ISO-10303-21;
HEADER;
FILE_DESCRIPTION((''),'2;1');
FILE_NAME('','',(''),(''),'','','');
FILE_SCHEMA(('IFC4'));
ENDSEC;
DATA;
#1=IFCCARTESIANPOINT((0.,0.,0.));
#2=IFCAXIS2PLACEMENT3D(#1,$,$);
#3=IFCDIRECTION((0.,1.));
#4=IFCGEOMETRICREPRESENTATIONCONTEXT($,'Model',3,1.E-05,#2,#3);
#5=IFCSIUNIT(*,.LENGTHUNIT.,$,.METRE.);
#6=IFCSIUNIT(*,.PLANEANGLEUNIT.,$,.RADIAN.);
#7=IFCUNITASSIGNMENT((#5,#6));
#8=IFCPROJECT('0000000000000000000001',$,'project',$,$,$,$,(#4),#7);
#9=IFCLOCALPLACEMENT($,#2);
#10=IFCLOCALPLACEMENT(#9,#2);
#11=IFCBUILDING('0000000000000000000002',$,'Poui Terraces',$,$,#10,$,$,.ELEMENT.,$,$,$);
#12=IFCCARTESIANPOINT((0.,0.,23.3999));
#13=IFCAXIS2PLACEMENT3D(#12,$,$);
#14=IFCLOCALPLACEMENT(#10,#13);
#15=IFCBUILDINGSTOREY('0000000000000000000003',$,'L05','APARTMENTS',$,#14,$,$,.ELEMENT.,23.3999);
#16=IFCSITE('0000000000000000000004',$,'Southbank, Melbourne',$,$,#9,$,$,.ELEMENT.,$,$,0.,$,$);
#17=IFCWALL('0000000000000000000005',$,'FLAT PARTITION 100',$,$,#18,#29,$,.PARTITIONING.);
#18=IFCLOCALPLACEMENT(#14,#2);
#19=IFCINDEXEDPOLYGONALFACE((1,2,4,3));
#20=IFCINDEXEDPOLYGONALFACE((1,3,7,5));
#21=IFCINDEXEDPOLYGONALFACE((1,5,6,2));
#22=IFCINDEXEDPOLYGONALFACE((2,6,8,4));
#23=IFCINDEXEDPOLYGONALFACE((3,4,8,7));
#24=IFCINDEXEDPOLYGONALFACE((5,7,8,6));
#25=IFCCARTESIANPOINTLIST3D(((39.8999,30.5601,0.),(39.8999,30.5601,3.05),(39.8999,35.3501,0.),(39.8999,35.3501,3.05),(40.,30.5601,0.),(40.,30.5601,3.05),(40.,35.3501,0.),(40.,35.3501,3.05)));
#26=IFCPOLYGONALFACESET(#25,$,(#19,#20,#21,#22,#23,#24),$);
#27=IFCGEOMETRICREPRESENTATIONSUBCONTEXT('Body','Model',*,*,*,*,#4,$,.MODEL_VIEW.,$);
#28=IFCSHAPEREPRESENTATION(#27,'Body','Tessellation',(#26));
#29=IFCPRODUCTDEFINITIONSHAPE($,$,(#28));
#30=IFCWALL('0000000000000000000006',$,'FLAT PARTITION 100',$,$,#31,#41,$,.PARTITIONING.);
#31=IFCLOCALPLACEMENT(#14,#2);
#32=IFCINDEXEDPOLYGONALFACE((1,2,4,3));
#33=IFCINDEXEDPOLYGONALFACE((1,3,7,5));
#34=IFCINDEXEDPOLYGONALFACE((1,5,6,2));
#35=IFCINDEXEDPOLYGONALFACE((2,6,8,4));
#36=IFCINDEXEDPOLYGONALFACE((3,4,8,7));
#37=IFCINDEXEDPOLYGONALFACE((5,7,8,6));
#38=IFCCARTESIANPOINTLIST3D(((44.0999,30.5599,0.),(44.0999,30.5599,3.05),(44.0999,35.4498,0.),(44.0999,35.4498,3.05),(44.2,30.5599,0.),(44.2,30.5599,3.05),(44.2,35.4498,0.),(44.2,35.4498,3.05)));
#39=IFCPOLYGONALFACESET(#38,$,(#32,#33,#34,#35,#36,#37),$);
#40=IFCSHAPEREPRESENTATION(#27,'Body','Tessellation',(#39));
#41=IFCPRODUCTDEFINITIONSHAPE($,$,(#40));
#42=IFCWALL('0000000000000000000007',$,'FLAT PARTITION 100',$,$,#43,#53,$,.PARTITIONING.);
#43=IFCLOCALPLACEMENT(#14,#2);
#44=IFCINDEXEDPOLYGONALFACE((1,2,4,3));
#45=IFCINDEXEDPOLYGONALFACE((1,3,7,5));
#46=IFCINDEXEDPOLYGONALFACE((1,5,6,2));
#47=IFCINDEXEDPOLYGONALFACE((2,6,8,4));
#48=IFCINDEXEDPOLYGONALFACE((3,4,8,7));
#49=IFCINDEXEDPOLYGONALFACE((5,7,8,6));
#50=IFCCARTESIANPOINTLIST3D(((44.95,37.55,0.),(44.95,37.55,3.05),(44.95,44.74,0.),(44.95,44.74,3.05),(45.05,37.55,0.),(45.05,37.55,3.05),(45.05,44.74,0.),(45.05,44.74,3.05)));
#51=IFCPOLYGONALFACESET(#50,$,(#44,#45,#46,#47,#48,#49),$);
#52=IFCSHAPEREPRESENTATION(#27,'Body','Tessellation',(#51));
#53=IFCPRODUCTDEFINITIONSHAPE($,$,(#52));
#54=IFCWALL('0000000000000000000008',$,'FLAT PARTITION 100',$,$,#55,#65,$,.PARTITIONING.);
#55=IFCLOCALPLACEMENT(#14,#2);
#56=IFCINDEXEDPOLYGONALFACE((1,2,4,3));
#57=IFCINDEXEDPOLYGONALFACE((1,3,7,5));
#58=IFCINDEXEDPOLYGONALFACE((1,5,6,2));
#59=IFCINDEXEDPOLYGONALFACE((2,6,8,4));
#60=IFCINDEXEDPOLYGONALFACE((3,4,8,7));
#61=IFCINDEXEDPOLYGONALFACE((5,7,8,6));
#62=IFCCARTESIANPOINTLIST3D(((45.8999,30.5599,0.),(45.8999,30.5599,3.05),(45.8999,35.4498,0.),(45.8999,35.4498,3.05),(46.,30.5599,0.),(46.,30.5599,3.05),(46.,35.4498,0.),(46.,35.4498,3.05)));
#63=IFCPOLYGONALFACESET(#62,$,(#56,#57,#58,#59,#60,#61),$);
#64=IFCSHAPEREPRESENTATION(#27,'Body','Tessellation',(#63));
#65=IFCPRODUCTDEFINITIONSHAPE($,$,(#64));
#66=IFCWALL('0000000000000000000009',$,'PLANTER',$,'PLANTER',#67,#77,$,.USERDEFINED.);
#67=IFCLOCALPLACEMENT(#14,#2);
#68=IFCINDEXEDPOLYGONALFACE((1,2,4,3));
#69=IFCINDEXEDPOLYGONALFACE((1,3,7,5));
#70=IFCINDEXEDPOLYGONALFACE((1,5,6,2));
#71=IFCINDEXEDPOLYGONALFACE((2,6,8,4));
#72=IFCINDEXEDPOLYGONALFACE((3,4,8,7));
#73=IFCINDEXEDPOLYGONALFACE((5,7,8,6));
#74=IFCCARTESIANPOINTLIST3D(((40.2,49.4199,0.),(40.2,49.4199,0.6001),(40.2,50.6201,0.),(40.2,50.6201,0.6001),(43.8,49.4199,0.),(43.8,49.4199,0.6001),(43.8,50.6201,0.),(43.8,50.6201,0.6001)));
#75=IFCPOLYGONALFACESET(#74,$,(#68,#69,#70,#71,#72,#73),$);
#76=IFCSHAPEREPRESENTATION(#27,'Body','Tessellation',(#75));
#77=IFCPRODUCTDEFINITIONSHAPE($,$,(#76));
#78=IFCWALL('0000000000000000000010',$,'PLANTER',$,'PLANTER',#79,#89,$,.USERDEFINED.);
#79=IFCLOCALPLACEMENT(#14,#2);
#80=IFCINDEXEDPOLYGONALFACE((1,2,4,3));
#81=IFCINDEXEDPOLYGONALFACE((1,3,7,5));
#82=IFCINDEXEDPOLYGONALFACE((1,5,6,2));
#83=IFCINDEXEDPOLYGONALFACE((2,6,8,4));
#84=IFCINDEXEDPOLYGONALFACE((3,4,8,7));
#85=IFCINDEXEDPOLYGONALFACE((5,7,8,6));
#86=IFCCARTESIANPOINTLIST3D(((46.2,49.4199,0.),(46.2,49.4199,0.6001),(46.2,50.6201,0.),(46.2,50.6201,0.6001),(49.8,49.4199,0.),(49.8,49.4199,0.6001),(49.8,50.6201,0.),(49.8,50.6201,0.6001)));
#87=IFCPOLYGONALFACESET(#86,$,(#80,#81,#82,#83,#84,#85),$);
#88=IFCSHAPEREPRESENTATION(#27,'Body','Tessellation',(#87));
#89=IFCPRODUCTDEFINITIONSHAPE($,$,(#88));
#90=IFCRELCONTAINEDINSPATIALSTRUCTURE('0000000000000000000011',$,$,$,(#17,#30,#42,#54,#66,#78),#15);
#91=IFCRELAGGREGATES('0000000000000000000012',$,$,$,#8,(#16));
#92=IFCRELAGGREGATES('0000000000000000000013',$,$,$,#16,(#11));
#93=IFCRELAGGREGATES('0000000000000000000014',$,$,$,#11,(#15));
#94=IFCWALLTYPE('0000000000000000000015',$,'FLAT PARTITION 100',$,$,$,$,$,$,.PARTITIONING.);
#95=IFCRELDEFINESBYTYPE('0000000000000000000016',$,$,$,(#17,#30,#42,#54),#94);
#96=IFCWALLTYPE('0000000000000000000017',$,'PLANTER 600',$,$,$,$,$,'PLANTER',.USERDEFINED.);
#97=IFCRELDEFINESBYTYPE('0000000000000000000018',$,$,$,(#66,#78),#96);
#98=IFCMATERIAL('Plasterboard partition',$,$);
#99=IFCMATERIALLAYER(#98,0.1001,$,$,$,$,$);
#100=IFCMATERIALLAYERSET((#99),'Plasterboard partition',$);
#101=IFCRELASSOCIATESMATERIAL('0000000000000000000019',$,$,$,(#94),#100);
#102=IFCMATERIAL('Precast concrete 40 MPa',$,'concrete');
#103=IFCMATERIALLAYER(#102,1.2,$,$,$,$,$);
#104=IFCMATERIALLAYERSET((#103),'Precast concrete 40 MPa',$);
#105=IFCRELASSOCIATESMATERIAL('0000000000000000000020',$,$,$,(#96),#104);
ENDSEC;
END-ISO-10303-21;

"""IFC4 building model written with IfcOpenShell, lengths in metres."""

from ifc_helpers import new_model, si_unit, direction, frame, frame_2d, origin, place, context, subcontext, project, spatial, polyline, rectangle, outline, extrude, source, transform, mapped, material, layer, layer_set, type_object, element, save


model = new_model("IFC4")

# Units and contexts
model_context = context("Model", 3, precision=1e-05, world=origin(), true_north=direction((0.0, 1.0)))
body_context = subcontext(model_context, "Body", "Model", "MODEL_VIEW")
ifc_project = project(units=[si_unit("LENGTHUNIT", "METRE"), si_unit("PLANEANGLEUNIT", "RADIAN")], contexts=[model_context])

# Site, building, storey
site_placement = place(None, origin())
site = spatial("IfcSite", under=ifc_project, at=site_placement, Name="Southbank, Melbourne", CompositionType="ELEMENT", RefElevation=0.0)
building_placement = place(site_placement, origin())
building = spatial("IfcBuilding", under=site, at=building_placement, Name="Poui Terraces", CompositionType="ELEMENT")
storey_placement = place(building_placement, frame((0.0, 0.0, 23.3999)))
storey = spatial("IfcBuildingStorey", under=building, at=storey_placement, Name="L05", Description="APARTMENTS", CompositionType="ELEMENT", Elevation=23.3999)

# Shared definitions
ifc_material_1 = material(Name="Plasterboard partition")
ifc_layer_1 = layer(ifc_material_1, 0.1001)
ifc_layer_set_1 = layer_set([ifc_layer_1], Name="Plasterboard partition")
wall_type_1 = type_object("IfcWallType", Name="FLAT PARTITION 100", PredefinedType="PARTITIONING", material=ifc_layer_set_1)

# Walls
wall_1_placement = place(storey_placement, frame((39.95, 30.5601, 0.0), z_axis=(0.0, 0.0, 1.0), x_axis=(0.0, 1.0, 0.0)))
element("IfcWall", 1, at=wall_1_placement, inside=storey, type_object=wall_type_1, Name="FLAT PARTITION 100", PredefinedType="PARTITIONING", context=body_context, shape_type="SweptSolid", body=[
    extrude(rectangle(XDim=4.79, YDim=0.1001, at=frame_2d((2.395, 0.0))), origin(), (0.0, 0.0, 1.0), 3.05),
])
wall_2_placement = place(storey_placement, frame((44.1499, 30.5601, 0.0), z_axis=(0.0, 0.0, 1.0), x_axis=(0.0, 1.0, 0.0)))
element("IfcWall", 2, at=wall_2_placement, inside=storey, type_object=wall_type_1, Name="FLAT PARTITION 100", PredefinedType="PARTITIONING", context=body_context, shape_type="SweptSolid", body=[
    extrude(rectangle(XDim=4.8899, YDim=0.1001, at=frame_2d((2.4448, 0.0))), origin(), (0.0, 0.0, 1.0), 3.05),
])
wall_3_placement = place(storey_placement, frame((45.0, 37.55, 0.0), z_axis=(0.0, 0.0, 1.0), x_axis=(0.0, 1.0, 0.0)))
element("IfcWall", 3, at=wall_3_placement, inside=storey, type_object=wall_type_1, Name="FLAT PARTITION 100", PredefinedType="PARTITIONING", context=body_context, shape_type="SweptSolid", body=[
    extrude(rectangle(XDim=7.1899, YDim=0.1001, at=frame_2d((3.595, 0.0))), origin(), (0.0, 0.0, 1.0), 3.05),
])
wall_4_placement = place(storey_placement, frame((45.95, 30.5601, 0.0), z_axis=(0.0, 0.0, 1.0), x_axis=(0.0, 1.0, 0.0)))
element("IfcWall", 4, at=wall_4_placement, inside=storey, type_object=wall_type_1, Name="FLAT PARTITION 100", PredefinedType="PARTITIONING", context=body_context, shape_type="SweptSolid", body=[
    extrude(rectangle(XDim=4.8899, YDim=0.1001, at=frame_2d((2.4448, 0.0))), origin(), (0.0, 0.0, 1.0), 3.05),
])
ifc_material_2 = material(Name="Precast concrete 40 MPa", Category="concrete")
ifc_layer_2 = layer(ifc_material_2, 1.2)
ifc_layer_set_2 = layer_set([ifc_layer_2], Name="Precast concrete 40 MPa")
wall_type_2 = type_object("IfcWallType", Name="PLANTER 600", ElementType="PLANTER", PredefinedType="USERDEFINED", material=ifc_layer_set_2)
shared_shape = source(origin(), body_context, "Body", "SweptSolid", [
    extrude(outline(polyline([(0.0, 0.0), (3.6001, 0.0), (3.6001, 1.2002), (0.0, 1.2002), (0.0, 0.0)])), origin(), (0.0, 0.0, 1.0), 0.6001),
])
for number, where, name in (
    (5, (40.2, 49.4199, 0.0), "PLANTER"),
    (6, (46.2, 49.4199, 0.0), "PLANTER"),
):
    element("IfcWall", number, at=place(storey_placement, frame(where)), inside=storey, type_object=wall_type_2, Name=name, ObjectType="PLANTER", PredefinedType="USERDEFINED", context=body_context, shape_type="MappedRepresentation", body=[
        mapped(shared_shape, transform((0.0, 0.0, 0.0))),
    ])

save(model, "model.ifc")
